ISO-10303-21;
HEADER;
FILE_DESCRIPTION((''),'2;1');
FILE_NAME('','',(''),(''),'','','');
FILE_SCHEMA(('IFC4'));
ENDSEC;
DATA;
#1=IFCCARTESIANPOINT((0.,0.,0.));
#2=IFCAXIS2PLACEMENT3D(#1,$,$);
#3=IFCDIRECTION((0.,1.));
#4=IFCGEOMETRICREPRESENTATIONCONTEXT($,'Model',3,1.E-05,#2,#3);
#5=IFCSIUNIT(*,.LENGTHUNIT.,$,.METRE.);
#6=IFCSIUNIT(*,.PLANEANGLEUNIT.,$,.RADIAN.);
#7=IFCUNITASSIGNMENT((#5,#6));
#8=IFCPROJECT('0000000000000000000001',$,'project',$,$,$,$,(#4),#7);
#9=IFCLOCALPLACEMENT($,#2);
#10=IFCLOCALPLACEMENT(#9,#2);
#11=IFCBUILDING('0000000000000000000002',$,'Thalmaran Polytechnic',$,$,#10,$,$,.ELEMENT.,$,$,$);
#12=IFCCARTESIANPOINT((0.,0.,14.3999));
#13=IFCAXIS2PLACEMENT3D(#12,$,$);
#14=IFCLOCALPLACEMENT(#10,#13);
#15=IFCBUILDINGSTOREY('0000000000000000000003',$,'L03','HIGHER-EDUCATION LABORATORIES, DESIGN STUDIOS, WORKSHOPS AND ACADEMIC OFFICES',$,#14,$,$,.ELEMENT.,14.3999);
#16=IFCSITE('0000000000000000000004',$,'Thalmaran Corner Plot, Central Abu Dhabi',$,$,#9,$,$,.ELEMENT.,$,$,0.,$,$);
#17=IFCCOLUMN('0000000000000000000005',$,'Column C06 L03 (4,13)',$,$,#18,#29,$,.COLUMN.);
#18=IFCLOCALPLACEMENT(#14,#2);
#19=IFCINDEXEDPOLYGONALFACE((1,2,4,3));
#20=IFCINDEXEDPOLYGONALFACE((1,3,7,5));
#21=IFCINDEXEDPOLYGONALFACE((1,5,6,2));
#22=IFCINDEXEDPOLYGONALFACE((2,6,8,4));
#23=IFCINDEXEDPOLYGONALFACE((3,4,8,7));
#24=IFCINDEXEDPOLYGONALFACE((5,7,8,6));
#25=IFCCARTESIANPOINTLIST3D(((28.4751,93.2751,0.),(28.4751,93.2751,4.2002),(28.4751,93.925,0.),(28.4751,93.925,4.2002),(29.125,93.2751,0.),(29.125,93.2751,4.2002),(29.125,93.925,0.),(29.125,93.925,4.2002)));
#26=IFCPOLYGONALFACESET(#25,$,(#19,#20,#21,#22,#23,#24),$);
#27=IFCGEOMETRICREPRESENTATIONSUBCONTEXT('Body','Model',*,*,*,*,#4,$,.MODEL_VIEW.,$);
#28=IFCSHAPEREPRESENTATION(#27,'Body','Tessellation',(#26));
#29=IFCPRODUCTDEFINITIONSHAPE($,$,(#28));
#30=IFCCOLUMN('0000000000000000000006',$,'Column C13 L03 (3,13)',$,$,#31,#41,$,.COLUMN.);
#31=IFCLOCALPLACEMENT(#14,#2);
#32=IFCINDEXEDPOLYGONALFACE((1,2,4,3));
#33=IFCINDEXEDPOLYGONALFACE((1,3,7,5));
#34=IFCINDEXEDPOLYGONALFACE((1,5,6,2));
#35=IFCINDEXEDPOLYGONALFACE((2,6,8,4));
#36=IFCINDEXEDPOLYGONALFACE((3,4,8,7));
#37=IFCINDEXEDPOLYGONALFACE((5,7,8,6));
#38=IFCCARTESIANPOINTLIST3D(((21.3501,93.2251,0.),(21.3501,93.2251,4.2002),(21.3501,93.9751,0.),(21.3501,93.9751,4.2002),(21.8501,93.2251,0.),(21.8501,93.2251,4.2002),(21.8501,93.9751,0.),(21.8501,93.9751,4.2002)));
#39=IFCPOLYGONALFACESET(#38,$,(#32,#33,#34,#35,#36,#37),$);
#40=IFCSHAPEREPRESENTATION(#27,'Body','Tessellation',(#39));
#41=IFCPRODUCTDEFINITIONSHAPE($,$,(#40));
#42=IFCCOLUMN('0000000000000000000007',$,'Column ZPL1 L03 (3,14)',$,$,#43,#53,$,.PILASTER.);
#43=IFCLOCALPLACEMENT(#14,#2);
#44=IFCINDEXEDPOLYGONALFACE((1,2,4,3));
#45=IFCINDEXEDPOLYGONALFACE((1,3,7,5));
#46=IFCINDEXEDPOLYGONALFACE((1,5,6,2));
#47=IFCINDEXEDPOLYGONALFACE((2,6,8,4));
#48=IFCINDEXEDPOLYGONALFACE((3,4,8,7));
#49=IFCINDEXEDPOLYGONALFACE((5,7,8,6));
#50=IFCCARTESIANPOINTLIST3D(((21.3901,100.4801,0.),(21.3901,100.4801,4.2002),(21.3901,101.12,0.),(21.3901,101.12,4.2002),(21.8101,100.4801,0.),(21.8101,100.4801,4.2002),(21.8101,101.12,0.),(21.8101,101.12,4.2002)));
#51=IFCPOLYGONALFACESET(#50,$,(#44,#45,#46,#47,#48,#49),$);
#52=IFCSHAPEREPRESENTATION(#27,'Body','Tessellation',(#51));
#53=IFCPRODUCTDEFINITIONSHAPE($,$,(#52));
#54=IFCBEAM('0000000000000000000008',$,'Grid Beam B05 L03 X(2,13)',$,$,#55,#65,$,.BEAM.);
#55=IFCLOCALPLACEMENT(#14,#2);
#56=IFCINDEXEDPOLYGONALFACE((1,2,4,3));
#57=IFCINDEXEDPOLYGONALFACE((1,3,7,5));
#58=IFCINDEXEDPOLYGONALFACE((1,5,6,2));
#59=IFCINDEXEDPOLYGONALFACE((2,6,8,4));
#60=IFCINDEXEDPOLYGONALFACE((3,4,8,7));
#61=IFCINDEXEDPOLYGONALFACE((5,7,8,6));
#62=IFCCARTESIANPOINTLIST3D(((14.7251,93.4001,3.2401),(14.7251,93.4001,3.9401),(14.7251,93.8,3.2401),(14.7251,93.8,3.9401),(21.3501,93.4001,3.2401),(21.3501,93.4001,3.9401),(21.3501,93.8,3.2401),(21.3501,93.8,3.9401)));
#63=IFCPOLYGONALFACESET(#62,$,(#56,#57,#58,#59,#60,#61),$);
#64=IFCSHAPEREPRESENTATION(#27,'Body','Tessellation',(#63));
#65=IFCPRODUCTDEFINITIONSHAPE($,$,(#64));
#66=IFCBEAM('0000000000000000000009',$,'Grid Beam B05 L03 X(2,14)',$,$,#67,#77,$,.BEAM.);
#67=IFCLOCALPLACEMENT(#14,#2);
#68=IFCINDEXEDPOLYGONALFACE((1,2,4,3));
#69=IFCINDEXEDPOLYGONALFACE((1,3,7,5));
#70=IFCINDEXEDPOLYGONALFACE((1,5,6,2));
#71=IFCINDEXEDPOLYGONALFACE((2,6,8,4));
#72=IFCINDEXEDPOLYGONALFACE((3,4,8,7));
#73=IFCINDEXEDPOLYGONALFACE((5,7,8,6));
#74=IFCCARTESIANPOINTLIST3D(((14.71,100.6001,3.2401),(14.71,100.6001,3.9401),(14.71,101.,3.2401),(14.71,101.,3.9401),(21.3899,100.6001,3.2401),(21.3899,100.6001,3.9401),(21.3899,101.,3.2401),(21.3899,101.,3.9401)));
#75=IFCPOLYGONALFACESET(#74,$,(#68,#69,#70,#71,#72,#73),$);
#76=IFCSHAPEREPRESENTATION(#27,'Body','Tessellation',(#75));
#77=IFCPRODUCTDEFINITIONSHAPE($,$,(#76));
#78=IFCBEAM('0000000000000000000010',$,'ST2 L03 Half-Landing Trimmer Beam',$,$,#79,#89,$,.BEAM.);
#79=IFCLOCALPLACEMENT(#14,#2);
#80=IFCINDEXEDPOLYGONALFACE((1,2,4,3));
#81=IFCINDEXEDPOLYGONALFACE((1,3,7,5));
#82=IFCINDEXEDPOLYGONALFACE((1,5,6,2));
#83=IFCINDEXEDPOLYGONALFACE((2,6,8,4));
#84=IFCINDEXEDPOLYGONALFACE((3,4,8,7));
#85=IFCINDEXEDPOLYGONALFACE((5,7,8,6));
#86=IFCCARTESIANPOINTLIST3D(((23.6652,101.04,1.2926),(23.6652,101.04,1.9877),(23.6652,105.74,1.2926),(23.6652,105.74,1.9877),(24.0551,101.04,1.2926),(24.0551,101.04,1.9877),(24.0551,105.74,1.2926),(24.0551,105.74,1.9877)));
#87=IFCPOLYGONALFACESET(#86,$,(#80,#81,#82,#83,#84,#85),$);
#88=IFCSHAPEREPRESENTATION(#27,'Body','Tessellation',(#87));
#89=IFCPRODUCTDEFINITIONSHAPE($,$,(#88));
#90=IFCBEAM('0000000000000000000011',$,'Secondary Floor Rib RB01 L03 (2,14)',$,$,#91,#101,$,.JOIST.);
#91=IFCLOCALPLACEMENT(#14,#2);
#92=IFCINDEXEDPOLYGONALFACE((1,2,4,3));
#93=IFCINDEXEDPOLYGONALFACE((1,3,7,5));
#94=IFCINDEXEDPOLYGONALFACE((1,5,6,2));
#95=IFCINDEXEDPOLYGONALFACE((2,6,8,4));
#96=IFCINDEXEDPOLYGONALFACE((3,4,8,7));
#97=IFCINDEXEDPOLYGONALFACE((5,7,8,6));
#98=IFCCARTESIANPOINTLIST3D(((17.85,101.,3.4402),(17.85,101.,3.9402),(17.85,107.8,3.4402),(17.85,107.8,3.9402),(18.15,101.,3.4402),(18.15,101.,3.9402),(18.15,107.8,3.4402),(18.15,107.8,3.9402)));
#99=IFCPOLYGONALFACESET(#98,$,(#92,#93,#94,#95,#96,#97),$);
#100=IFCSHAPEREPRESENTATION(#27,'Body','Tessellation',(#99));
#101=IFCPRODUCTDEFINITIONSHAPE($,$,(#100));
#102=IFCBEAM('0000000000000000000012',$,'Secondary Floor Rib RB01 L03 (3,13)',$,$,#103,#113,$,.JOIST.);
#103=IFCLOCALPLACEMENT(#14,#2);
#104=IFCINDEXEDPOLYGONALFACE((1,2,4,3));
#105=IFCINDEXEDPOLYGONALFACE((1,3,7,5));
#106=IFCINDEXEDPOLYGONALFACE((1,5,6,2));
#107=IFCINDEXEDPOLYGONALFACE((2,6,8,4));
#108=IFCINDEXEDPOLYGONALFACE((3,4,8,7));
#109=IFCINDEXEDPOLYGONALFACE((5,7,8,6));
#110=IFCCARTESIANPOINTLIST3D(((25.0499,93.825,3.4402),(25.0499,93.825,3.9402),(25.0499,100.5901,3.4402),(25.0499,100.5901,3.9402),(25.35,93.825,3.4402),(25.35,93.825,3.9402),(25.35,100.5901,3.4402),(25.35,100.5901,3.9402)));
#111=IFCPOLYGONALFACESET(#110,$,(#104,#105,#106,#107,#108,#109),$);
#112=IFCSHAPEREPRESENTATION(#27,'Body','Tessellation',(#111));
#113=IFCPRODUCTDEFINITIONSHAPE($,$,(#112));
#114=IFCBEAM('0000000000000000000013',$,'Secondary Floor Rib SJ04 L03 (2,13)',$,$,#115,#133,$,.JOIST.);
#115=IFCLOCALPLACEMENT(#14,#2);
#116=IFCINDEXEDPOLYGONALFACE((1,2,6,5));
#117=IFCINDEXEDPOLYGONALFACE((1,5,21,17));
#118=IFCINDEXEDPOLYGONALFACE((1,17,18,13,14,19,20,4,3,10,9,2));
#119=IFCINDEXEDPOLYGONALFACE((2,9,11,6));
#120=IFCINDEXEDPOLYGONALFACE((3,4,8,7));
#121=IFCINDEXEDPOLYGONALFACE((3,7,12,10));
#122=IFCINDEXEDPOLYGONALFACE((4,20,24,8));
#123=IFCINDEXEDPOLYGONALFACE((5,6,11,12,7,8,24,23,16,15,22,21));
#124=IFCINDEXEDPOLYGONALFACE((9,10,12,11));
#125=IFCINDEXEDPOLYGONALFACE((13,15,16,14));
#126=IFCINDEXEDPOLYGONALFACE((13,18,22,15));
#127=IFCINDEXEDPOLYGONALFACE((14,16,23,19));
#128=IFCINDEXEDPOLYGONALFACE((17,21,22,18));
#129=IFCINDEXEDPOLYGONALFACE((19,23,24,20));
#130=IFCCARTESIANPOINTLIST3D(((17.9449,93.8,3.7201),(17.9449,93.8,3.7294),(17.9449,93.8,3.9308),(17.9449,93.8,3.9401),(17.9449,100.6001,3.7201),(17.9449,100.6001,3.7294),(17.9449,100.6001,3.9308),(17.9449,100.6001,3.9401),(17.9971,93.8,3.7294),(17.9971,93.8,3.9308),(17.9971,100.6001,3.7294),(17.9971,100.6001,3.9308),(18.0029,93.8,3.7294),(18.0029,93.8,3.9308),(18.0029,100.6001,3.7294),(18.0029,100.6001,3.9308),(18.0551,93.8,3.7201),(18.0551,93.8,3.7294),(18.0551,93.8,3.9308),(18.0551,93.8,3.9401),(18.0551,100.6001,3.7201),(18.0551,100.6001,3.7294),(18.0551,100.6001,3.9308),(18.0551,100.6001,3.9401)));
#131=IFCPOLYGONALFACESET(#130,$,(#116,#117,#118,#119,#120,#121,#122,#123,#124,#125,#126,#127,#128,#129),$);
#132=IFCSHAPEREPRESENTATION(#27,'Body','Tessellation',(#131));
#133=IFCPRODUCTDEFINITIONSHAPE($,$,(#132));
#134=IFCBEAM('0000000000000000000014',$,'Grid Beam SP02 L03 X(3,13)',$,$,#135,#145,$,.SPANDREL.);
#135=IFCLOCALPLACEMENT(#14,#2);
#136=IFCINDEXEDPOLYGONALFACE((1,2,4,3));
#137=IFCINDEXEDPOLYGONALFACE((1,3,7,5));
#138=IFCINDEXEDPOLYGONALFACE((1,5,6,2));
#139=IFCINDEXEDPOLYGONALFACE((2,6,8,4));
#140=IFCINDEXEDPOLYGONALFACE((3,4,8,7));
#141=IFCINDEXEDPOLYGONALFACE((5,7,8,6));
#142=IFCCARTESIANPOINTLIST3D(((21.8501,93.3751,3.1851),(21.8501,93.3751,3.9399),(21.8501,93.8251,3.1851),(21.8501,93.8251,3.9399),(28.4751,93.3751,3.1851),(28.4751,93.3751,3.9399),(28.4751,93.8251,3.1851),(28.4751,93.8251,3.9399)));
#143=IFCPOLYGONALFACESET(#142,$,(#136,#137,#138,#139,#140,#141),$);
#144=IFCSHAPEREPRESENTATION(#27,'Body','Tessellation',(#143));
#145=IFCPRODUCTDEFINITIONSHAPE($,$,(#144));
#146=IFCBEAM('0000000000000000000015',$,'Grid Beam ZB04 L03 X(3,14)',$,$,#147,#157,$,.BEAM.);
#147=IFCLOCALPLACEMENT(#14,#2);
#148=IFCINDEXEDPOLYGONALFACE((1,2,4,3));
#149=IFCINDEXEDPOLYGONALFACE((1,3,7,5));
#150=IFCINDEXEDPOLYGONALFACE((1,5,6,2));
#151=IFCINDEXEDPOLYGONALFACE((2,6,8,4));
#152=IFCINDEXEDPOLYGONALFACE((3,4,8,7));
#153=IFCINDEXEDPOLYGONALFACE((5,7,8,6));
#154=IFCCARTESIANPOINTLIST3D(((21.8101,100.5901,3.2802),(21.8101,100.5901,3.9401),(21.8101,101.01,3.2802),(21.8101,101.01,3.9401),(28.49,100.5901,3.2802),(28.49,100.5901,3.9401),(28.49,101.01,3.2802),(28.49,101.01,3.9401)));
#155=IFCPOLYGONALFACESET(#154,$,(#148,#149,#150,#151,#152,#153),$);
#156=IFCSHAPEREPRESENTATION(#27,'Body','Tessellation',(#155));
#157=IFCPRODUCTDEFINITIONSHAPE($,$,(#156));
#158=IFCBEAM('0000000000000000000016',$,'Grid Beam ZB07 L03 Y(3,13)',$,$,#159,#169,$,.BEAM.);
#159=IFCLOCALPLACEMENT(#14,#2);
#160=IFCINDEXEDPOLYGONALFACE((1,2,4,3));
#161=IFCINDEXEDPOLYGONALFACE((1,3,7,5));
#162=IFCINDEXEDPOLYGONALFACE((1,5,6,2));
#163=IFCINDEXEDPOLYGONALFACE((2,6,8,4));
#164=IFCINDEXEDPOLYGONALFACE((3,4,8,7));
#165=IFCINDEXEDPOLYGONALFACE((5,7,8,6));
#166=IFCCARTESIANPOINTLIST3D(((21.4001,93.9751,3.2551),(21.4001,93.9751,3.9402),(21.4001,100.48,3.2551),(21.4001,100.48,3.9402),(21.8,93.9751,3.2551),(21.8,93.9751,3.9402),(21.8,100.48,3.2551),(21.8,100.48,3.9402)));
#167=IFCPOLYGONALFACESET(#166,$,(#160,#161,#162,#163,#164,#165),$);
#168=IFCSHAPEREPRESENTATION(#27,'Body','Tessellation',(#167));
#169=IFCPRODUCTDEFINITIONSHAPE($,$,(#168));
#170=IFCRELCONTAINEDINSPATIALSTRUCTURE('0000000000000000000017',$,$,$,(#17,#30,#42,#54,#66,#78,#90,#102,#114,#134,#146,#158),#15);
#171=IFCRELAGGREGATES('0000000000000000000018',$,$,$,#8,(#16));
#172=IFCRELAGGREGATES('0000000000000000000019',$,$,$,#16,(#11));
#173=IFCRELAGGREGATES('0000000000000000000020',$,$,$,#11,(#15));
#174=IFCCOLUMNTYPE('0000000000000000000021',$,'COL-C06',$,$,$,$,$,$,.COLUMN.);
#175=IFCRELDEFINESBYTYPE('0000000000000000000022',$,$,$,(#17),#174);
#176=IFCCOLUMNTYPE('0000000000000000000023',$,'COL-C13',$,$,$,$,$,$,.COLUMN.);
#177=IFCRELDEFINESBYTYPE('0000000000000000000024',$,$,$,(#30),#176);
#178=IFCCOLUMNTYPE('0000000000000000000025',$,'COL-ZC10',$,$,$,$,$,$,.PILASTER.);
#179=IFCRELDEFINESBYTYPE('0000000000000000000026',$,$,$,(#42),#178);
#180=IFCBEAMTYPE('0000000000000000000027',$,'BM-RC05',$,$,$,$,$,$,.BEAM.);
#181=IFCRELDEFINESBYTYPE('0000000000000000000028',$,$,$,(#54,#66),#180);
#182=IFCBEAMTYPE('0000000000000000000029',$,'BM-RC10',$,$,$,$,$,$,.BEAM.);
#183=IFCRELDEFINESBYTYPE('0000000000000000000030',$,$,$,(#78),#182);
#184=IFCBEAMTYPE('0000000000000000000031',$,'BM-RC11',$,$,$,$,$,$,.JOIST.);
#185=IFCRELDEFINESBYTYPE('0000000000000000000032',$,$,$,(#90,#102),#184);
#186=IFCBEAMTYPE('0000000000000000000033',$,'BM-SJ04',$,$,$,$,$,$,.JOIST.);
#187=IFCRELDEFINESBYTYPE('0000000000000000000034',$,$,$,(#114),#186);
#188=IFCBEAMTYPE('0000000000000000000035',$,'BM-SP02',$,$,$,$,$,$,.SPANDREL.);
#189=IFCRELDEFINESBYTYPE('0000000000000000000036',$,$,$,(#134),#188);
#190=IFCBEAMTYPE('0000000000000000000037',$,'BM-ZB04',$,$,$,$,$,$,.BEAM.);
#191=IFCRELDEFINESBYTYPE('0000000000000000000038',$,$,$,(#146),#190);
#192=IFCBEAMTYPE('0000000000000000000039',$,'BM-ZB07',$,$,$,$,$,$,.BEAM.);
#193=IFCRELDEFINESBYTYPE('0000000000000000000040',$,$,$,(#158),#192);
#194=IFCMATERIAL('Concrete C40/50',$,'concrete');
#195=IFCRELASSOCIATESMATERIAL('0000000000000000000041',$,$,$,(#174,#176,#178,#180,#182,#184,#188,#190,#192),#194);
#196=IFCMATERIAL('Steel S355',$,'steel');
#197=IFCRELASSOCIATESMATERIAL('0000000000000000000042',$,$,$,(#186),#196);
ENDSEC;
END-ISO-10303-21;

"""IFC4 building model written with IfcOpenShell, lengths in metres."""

from ifc_helpers import new_model, si_unit, direction, frame, origin, origin_2d, place, context, subcontext, project, spatial, rectangle, i_section, extrude, material, material_profile, profile_set, type_object, element, save


model = new_model("IFC4")

# Units and contexts
model_context = context("Model", 3, precision=1e-05, world=origin(), true_north=direction((0.0, 1.0)))
body_context = subcontext(model_context, "Body", "Model", "MODEL_VIEW")
ifc_project = project(units=[si_unit("LENGTHUNIT", "METRE"), si_unit("PLANEANGLEUNIT", "RADIAN")], contexts=[model_context])

# Site, building, storey
site_placement = place(None, origin())
site = spatial("IfcSite", under=ifc_project, at=site_placement, Name="Thalmaran Corner Plot, Central Abu Dhabi", CompositionType="ELEMENT", RefElevation=0.0)
building_placement = place(site_placement, origin())
building = spatial("IfcBuilding", under=site, at=building_placement, Name="Thalmaran Polytechnic", CompositionType="ELEMENT")
storey_placement = place(building_placement, frame((0.0, 0.0, 14.3999)))
storey = spatial("IfcBuildingStorey", under=building, at=storey_placement, Name="L03", Description="HIGHER-EDUCATION LABORATORIES, DESIGN STUDIOS, WORKSHOPS AND ACADEMIC OFFICES", CompositionType="ELEMENT", Elevation=14.3999)

# Columns
ifc_material_1 = material(Name="Concrete C40/50", Category="concrete")
ifc_material_profile_1 = material_profile(ifc_material_1, rectangle(XDim=0.6499, YDim=0.6499, at=origin_2d()), Name="RC 650x650")
ifc_profile_set_1 = profile_set([ifc_material_profile_1], Name="Concrete C40/50")
column_type_1 = type_object("IfcColumnType", Name="COL-C06", PredefinedType="COLUMN", material=ifc_profile_set_1)
column_1_placement = place(storey_placement, frame((28.8, 93.6001, 0.0), z_axis=(0.0, 0.0, 1.0), x_axis=(1.0, 0.0, 0.0)))
element("IfcColumn", 1, at=column_1_placement, inside=storey, type_object=column_type_1, Name="Column C06 L03 (4,13)", PredefinedType="COLUMN", context=body_context, shape_type="SweptSolid", body=[
    extrude(rectangle(XDim=0.6499, YDim=0.6499, at=origin_2d()), origin(), (0.0, 0.0, 1.0), 4.2002),
])
ifc_material_profile_2 = material_profile(ifc_material_1, rectangle(XDim=0.5, YDim=0.75, at=origin_2d()), Name="RC 500x750")
ifc_profile_set_2 = profile_set([ifc_material_profile_2], Name="Concrete C40/50")
column_type_2 = type_object("IfcColumnType", Name="COL-C13", PredefinedType="COLUMN", material=ifc_profile_set_2)
column_2_placement = place(storey_placement, frame((21.6001, 93.6001, 0.0), z_axis=(0.0, 0.0, 1.0), x_axis=(1.0, 0.0, 0.0)))
element("IfcColumn", 2, at=column_2_placement, inside=storey, type_object=column_type_2, Name="Column C13 L03 (3,13)", PredefinedType="COLUMN", context=body_context, shape_type="SweptSolid", body=[
    extrude(rectangle(XDim=0.5, YDim=0.75, at=origin_2d()), origin(), (0.0, 0.0, 1.0), 4.2002),
])
ifc_material_profile_3 = material_profile(ifc_material_1, rectangle(XDim=0.4199, YDim=0.6399, at=origin_2d()), Name="RC 420x640")
ifc_profile_set_3 = profile_set([ifc_material_profile_3], Name="Concrete C40/50")
column_type_3 = type_object("IfcColumnType", Name="COL-ZC10", PredefinedType="PILASTER", material=ifc_profile_set_3)
column_3_placement = place(storey_placement, frame((21.6001, 100.8, 0.0), z_axis=(0.0, 0.0, 1.0), x_axis=(1.0, 0.0, 0.0)))
element("IfcColumn", 3, at=column_3_placement, inside=storey, type_object=column_type_3, Name="Column ZPL1 L03 (3,14)", PredefinedType="PILASTER", context=body_context, shape_type="SweptSolid", body=[
    extrude(rectangle(XDim=0.4199, YDim=0.6399, at=origin_2d()), origin(), (0.0, 0.0, 1.0), 4.2002),
])

# Beams
ifc_material_profile_4 = material_profile(ifc_material_1, rectangle(XDim=0.3999, YDim=0.7, at=origin_2d()), Name="RC 400x700")
ifc_profile_set_4 = profile_set([ifc_material_profile_4], Name="Concrete C40/50")
beam_type_1 = type_object("IfcBeamType", Name="BM-RC05", PredefinedType="BEAM", material=ifc_profile_set_4)
beam_1_placement = place(storey_placement, frame((14.7251, 93.6001, 3.5901), z_axis=(1.0, 0.0, 0.0), x_axis=(0.0, 1.0, 0.0)))
element("IfcBeam", 4, at=beam_1_placement, inside=storey, type_object=beam_type_1, Name="Grid Beam B05 L03 X(2,13)", PredefinedType="BEAM", context=body_context, shape_type="SweptSolid", body=[
    extrude(rectangle(XDim=0.3999, YDim=0.7, at=origin_2d()), origin(), (0.0, 0.0, 1.0), 6.625),
])
beam_2_placement = place(storey_placement, frame((14.71, 100.8, 3.5901), z_axis=(1.0, 0.0, 0.0), x_axis=(0.0, 1.0, 0.0)))
element("IfcBeam", 5, at=beam_2_placement, inside=storey, type_object=beam_type_1, Name="Grid Beam B05 L03 X(2,14)", PredefinedType="BEAM", context=body_context, shape_type="SweptSolid", body=[
    extrude(rectangle(XDim=0.3999, YDim=0.7, at=origin_2d()), origin(), (0.0, 0.0, 1.0), 6.6799),
])
ifc_material_profile_5 = material_profile(ifc_material_1, rectangle(XDim=0.3899, YDim=0.6951, at=origin_2d()), Name="RC 390x695")
ifc_profile_set_5 = profile_set([ifc_material_profile_5], Name="Concrete C40/50")
beam_type_2 = type_object("IfcBeamType", Name="BM-RC10", PredefinedType="BEAM", material=ifc_profile_set_5)
beam_3_placement = place(storey_placement, frame((23.8601, 101.04, 1.6401), z_axis=(0.0, 1.0, 0.0), x_axis=(-1.0, 0.0, 0.0)))
element("IfcBeam", 6, at=beam_3_placement, inside=storey, type_object=beam_type_2, Name="ST2 L03 Half-Landing Trimmer Beam", PredefinedType="BEAM", context=body_context, shape_type="SweptSolid", body=[
    extrude(rectangle(XDim=0.3899, YDim=0.6951, at=origin_2d()), origin(), (0.0, 0.0, 1.0), 4.7),
])
ifc_material_profile_6 = material_profile(ifc_material_1, rectangle(XDim=0.3, YDim=0.5, at=origin_2d()), Name="RC 300x500")
ifc_profile_set_6 = profile_set([ifc_material_profile_6], Name="Concrete C40/50")
beam_type_3 = type_object("IfcBeamType", Name="BM-RC11", PredefinedType="JOIST", material=ifc_profile_set_6)
beam_4_placement = place(storey_placement, frame((18.0, 101.0, 3.6902), z_axis=(0.0, 1.0, 0.0), x_axis=(-1.0, 0.0, 0.0)))
element("IfcBeam", 7, at=beam_4_placement, inside=storey, type_object=beam_type_3, Name="Secondary Floor Rib RB01 L03 (2,14)", PredefinedType="JOIST", context=body_context, shape_type="SweptSolid", body=[
    extrude(rectangle(XDim=0.3, YDim=0.5, at=origin_2d()), origin(), (0.0, 0.0, 1.0), 6.8),
])
beam_5_placement = place(storey_placement, frame((25.2, 93.825, 3.6902), z_axis=(0.0, 1.0, 0.0), x_axis=(-1.0, 0.0, 0.0)))
element("IfcBeam", 8, at=beam_5_placement, inside=storey, type_object=beam_type_3, Name="Secondary Floor Rib RB01 L03 (3,13)", PredefinedType="JOIST", context=body_context, shape_type="SweptSolid", body=[
    extrude(rectangle(XDim=0.3, YDim=0.5, at=origin_2d()), origin(), (0.0, 0.0, 1.0), 6.7651),
])
ifc_material_2 = material(Name="Steel S355", Category="steel")
ifc_material_profile_7 = material_profile(ifc_material_2, i_section(OverallWidth=0.1101, OverallDepth=0.22, WebThickness=0.0059, FlangeThickness=0.0093, at=origin_2d()), Name="IPE 220")
ifc_profile_set_7 = profile_set([ifc_material_profile_7], Name="Steel S355")
beam_type_4 = type_object("IfcBeamType", Name="BM-SJ04", PredefinedType="JOIST", material=ifc_profile_set_7)
beam_6_placement = place(storey_placement, frame((18.0, 93.8, 3.8301), z_axis=(0.0, 1.0, 0.0), x_axis=(-1.0, 0.0, 0.0)))
element("IfcBeam", 9, at=beam_6_placement, inside=storey, type_object=beam_type_4, Name="Secondary Floor Rib SJ04 L03 (2,13)", PredefinedType="JOIST", context=body_context, shape_type="SweptSolid", body=[
    extrude(i_section(OverallWidth=0.1101, OverallDepth=0.22, WebThickness=0.0059, FlangeThickness=0.0093, at=origin_2d()), origin(), (0.0, 0.0, 1.0), 6.8),
])
ifc_material_profile_8 = material_profile(ifc_material_1, rectangle(XDim=0.45, YDim=0.7549, at=origin_2d()), Name="RC 450x755")
ifc_profile_set_8 = profile_set([ifc_material_profile_8], Name="Concrete C40/50")
beam_type_5 = type_object("IfcBeamType", Name="BM-SP02", PredefinedType="SPANDREL", material=ifc_profile_set_8)
beam_7_placement = place(storey_placement, frame((21.8501, 93.6001, 3.5625), z_axis=(1.0, 0.0, 0.0), x_axis=(0.0, 1.0, 0.0)))
element("IfcBeam", 10, at=beam_7_placement, inside=storey, type_object=beam_type_5, Name="Grid Beam SP02 L03 X(3,13)", PredefinedType="SPANDREL", context=body_context, shape_type="SweptSolid", body=[
    extrude(rectangle(XDim=0.45, YDim=0.7549, at=origin_2d()), origin(), (0.0, 0.0, 1.0), 6.625),
])
ifc_material_profile_9 = material_profile(ifc_material_1, rectangle(XDim=0.4199, YDim=0.6599, at=origin_2d()), Name="RC 420x660")
ifc_profile_set_9 = profile_set([ifc_material_profile_9], Name="Concrete C40/50")
beam_type_6 = type_object("IfcBeamType", Name="BM-ZB04", PredefinedType="BEAM", material=ifc_profile_set_9)
beam_8_placement = place(storey_placement, frame((21.8101, 100.8, 3.6101), z_axis=(1.0, 0.0, 0.0), x_axis=(0.0, 1.0, 0.0)))
element("IfcBeam", 11, at=beam_8_placement, inside=storey, type_object=beam_type_6, Name="Grid Beam ZB04 L03 X(3,14)", PredefinedType="BEAM", context=body_context, shape_type="SweptSolid", body=[
    extrude(rectangle(XDim=0.4199, YDim=0.6599, at=origin_2d()), origin(), (0.0, 0.0, 1.0), 6.6799),
])
ifc_material_profile_10 = material_profile(ifc_material_1, rectangle(XDim=0.3999, YDim=0.6851, at=origin_2d()), Name="RC 400x685")
ifc_profile_set_10 = profile_set([ifc_material_profile_10], Name="Concrete C40/50")
beam_type_7 = type_object("IfcBeamType", Name="BM-ZB07", PredefinedType="BEAM", material=ifc_profile_set_10)
beam_9_placement = place(storey_placement, frame((21.6001, 93.9751, 3.5977), z_axis=(0.0, 1.0, 0.0), x_axis=(-1.0, 0.0, 0.0)))
element("IfcBeam", 12, at=beam_9_placement, inside=storey, type_object=beam_type_7, Name="Grid Beam ZB07 L03 Y(3,13)", PredefinedType="BEAM", context=body_context, shape_type="SweptSolid", body=[
    extrude(rectangle(XDim=0.3999, YDim=0.6851, at=origin_2d()), origin(), (0.0, 0.0, 1.0), 6.5049),
])

save(model, "model.ifc")
